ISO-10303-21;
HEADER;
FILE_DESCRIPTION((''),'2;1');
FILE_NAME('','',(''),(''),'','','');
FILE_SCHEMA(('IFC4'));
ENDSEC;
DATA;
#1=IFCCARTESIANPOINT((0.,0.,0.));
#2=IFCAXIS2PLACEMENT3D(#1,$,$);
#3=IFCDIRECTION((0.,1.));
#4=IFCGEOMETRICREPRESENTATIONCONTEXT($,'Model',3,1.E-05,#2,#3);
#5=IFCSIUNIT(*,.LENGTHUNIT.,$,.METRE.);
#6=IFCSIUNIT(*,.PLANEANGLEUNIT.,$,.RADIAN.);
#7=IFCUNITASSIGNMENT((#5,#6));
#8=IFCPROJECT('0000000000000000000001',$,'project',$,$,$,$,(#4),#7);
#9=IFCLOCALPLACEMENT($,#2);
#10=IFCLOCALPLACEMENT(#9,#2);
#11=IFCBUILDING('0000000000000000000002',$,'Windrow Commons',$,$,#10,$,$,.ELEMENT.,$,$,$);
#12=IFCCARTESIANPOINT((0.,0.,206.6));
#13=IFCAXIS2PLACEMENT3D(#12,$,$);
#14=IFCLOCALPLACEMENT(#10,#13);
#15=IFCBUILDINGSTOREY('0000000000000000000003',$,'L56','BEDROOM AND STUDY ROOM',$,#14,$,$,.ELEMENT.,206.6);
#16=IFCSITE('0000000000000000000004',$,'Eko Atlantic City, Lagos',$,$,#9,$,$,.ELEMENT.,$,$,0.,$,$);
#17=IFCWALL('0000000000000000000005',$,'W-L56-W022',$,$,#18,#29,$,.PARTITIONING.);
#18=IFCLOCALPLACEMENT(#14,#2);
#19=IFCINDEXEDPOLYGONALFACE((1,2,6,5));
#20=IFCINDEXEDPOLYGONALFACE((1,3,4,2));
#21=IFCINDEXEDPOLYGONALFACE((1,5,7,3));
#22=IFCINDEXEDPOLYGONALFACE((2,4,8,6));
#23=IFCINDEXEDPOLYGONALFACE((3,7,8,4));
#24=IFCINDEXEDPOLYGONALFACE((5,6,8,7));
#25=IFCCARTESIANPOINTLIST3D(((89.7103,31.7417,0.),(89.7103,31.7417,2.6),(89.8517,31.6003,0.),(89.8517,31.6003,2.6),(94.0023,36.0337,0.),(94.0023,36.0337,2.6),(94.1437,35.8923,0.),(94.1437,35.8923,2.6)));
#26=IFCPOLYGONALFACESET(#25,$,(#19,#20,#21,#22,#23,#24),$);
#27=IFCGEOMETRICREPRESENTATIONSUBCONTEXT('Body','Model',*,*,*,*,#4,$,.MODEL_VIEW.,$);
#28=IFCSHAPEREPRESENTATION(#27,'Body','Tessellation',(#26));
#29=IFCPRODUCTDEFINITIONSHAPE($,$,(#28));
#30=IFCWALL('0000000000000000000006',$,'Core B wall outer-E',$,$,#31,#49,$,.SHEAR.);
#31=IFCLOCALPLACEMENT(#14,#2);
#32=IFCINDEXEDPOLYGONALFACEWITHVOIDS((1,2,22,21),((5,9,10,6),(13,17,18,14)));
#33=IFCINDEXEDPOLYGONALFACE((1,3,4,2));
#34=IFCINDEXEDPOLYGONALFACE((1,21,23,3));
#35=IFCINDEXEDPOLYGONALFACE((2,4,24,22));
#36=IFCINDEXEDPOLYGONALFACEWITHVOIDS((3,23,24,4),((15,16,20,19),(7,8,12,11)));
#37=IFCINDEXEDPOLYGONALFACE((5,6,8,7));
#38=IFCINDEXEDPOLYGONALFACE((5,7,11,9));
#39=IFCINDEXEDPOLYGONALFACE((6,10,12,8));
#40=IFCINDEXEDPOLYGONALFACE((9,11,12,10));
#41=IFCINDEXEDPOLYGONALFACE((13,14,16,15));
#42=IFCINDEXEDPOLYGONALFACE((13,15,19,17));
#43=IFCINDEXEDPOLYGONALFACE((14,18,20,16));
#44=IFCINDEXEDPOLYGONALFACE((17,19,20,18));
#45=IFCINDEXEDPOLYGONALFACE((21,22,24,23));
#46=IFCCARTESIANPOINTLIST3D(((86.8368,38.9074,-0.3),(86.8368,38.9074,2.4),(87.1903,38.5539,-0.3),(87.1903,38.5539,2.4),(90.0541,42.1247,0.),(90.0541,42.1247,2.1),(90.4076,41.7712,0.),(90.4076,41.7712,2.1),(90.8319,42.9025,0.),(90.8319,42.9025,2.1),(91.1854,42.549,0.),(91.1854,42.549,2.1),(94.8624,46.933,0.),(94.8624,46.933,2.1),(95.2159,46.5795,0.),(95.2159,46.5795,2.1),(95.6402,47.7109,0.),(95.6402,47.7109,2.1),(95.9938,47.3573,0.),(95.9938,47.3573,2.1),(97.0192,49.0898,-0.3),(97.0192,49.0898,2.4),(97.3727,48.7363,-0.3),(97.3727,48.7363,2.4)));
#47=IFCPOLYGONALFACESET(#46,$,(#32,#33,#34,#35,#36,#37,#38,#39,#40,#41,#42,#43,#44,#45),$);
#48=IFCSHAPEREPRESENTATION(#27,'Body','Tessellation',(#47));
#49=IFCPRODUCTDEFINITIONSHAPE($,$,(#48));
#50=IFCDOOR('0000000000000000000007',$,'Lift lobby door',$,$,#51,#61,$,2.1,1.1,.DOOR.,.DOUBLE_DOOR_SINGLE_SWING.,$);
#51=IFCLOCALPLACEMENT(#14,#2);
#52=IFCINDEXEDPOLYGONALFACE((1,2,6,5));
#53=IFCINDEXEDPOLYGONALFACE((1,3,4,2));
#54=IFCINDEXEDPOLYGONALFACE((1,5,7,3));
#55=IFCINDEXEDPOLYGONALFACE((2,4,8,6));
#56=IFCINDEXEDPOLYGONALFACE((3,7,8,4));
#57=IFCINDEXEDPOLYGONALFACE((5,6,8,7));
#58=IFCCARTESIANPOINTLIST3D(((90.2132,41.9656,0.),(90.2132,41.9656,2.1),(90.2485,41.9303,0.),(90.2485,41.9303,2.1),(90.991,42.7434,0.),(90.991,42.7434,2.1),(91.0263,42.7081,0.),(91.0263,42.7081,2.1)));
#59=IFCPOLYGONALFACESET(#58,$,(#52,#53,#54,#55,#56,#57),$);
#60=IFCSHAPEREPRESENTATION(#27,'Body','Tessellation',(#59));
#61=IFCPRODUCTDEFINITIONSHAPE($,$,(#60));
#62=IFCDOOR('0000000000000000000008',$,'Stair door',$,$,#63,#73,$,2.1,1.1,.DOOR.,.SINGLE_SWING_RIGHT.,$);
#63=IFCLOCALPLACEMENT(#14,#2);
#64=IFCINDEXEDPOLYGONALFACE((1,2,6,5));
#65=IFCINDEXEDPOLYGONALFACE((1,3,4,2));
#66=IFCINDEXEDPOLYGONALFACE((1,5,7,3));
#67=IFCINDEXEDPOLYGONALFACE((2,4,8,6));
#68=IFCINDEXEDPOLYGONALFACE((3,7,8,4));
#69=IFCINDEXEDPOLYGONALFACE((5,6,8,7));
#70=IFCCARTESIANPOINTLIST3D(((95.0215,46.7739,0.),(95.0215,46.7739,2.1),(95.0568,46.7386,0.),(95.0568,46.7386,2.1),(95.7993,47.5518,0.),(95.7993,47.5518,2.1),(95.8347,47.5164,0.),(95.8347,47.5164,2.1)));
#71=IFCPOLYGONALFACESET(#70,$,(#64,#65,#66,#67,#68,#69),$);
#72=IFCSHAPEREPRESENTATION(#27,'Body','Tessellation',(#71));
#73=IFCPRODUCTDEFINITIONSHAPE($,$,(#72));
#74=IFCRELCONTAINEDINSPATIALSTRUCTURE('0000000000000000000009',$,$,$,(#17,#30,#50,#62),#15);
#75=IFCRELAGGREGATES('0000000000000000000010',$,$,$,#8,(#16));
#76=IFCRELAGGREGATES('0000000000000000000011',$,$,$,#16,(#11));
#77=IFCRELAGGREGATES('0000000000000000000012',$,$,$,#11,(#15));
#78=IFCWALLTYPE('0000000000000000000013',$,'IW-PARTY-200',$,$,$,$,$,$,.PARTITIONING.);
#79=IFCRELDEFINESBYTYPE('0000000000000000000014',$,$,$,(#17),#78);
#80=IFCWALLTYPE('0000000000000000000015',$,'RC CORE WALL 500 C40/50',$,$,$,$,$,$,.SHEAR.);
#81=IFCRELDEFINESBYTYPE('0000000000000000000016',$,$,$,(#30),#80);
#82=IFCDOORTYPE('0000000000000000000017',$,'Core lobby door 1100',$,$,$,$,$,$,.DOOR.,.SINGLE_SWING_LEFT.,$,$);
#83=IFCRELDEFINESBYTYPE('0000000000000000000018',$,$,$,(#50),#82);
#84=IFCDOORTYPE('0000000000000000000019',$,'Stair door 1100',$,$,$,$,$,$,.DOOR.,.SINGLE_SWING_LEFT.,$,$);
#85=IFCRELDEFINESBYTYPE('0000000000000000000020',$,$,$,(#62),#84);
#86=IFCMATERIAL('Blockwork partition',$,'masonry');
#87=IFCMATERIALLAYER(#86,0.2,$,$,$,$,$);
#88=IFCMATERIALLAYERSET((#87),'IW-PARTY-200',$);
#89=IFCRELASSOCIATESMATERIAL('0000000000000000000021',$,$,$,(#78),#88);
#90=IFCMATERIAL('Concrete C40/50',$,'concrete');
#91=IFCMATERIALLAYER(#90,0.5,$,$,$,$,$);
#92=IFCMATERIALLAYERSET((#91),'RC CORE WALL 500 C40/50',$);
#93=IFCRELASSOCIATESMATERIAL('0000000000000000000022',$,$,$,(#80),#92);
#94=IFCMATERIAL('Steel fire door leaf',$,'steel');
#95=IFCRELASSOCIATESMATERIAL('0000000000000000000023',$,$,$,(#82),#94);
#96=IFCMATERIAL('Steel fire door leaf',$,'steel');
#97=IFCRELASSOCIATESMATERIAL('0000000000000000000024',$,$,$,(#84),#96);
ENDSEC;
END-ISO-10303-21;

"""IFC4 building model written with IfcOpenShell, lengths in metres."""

from ifc_helpers import new_model, si_unit, direction, frame, frame_2d, origin, place, context, subcontext, project, spatial, rectangle, extrude, material, layer, layer_set, type_object, element, fill, save


model = new_model("IFC4")

# Units and contexts
model_context = context("Model", 3, precision=1e-05, world=origin(), true_north=direction((0.0, 1.0)))
body_context = subcontext(model_context, "Body", "Model", "MODEL_VIEW")
ifc_project = project(units=[si_unit("LENGTHUNIT", "METRE"), si_unit("PLANEANGLEUNIT", "RADIAN")], contexts=[model_context])

# Site, building, storey
site_placement = place(None, origin())
site = spatial("IfcSite", under=ifc_project, at=site_placement, Name="Eko Atlantic City, Lagos", CompositionType="ELEMENT", RefElevation=0.0)
building_placement = place(site_placement, origin())
building = spatial("IfcBuilding", under=site, at=building_placement, Name="Windrow Commons", CompositionType="ELEMENT")
storey_placement = place(building_placement, frame((0.0, 0.0, 206.6)))
storey = spatial("IfcBuildingStorey", under=building, at=storey_placement, Name="L56", Description="BEDROOM AND STUDY ROOM", CompositionType="ELEMENT", Elevation=206.6)

# Wall
ifc_material_1 = material(Name="Blockwork partition", Category="masonry")
ifc_layer_1 = layer(ifc_material_1, 0.2)
ifc_layer_set_1 = layer_set([ifc_layer_1], Name="IW-PARTY-200")
wall_type_1 = type_object("IfcWallType", Name="IW-PARTY-200", PredefinedType="PARTITIONING", material=ifc_layer_set_1)
wall_1_placement = place(storey_placement, frame((89.781, 31.671, 0.0), z_axis=(0.0, 0.0, 1.0), x_axis=(0.707107, 0.707107, 0.0)))
element("IfcWall", 1, at=wall_1_placement, inside=storey, type_object=wall_type_1, Name="W-L56-W022", PredefinedType="PARTITIONING", context=body_context, shape_type="SweptSolid", body=[
    extrude(rectangle(XDim=6.0698, YDim=0.2, at=frame_2d((3.0349, 0.0))), origin(), (0.0, 0.0, 1.0), 2.6),
])

# Wall, openings, doors
ifc_material_2 = material(Name="Concrete C40/50", Category="concrete")
ifc_layer_2 = layer(ifc_material_2, 0.5)
ifc_layer_set_2 = layer_set([ifc_layer_2], Name="RC CORE WALL 500 C40/50")
wall_type_2 = type_object("IfcWallType", Name="RC CORE WALL 500 C40/50", PredefinedType="SHEAR", material=ifc_layer_set_2)
wall_2_placement = place(storey_placement, frame((87.0135, 38.7306, -0.3), z_axis=(0.0, 0.0, 1.0), x_axis=(0.707107, 0.707107, 0.0)))
wall_2 = element("IfcWall", 2, at=wall_2_placement, inside=storey, type_object=wall_type_2, Name="Core B wall outer-E", PredefinedType="SHEAR", context=body_context, shape_type="SweptSolid", body=[
    extrude(rectangle(XDim=14.4001, YDim=0.5, at=frame_2d((7.2001, 0.0))), origin(), (0.0, 0.0, 1.0), 2.7),
])
opening_1_placement = place(wall_2_placement, frame((4.55, 0.0, 0.3)))
opening_1 = element("IfcOpeningElement", 3, at=opening_1_placement, cuts=wall_2, PredefinedType="OPENING", context=body_context, shape_type="SweptSolid", body=[
    extrude(rectangle(XDim=1.1, YDim=2.1, at=frame_2d((0.55, 1.05))), frame((0.0, 0.26, 0.0), z_axis=(0.0, -1.0, 0.0), x_axis=(1.0, 0.0, 0.0)), (0.0, 0.0, 1.0), 0.52),
])
opening_2_placement = place(wall_2_placement, frame((11.35, 0.0, 0.3)))
opening_2 = element("IfcOpeningElement", 4, at=opening_2_placement, cuts=wall_2, PredefinedType="OPENING", context=body_context, shape_type="SweptSolid", body=[
    extrude(rectangle(XDim=1.1, YDim=2.1, at=frame_2d((0.55, 1.05))), frame((0.0, 0.26, 0.0), z_axis=(0.0, -1.0, 0.0), x_axis=(1.0, 0.0, 0.0)), (0.0, 0.0, 1.0), 0.52),
])
ifc_material_3 = material(Name="Steel fire door leaf", Category="steel")
door_type_1 = type_object("IfcDoorType", Name="Core lobby door 1100", OperationType="SINGLE_SWING_LEFT", PredefinedType="DOOR", material=ifc_material_3)
door_1_placement = place(opening_1_placement, origin())
door_1 = element("IfcDoor", 5, at=door_1_placement, inside=storey, type_object=door_type_1, Name="Lift lobby door", OperationType="DOUBLE_DOOR_SINGLE_SWING", OverallHeight=2.1, OverallWidth=1.1, PredefinedType="DOOR", context=body_context, shape_type="SweptSolid", body=[
    extrude(rectangle(XDim=1.1, YDim=2.1, at=frame_2d((0.55, 1.05))), frame((0.0, 0.025, 0.0), z_axis=(0.0, -1.0, 0.0), x_axis=(1.0, 0.0, 0.0)), (0.0, 0.0, 1.0), 0.05),
])
fill(opening_1, door_1)
ifc_material_4 = material(Name="Steel fire door leaf", Category="steel")
door_type_2 = type_object("IfcDoorType", Name="Stair door 1100", OperationType="SINGLE_SWING_LEFT", PredefinedType="DOOR", material=ifc_material_4)
door_2_placement = place(opening_2_placement, origin())
door_2 = element("IfcDoor", 6, at=door_2_placement, inside=storey, type_object=door_type_2, Name="Stair door", OperationType="SINGLE_SWING_RIGHT", OverallHeight=2.1, OverallWidth=1.1, PredefinedType="DOOR", context=body_context, shape_type="SweptSolid", body=[
    extrude(rectangle(XDim=1.1, YDim=2.1, at=frame_2d((0.55, 1.05))), frame((0.0, 0.025, 0.0), z_axis=(0.0, -1.0, 0.0), x_axis=(1.0, 0.0, 0.0)), (0.0, 0.0, 1.0), 0.05),
])
fill(opening_2, door_2)

save(model, "model.ifc")
